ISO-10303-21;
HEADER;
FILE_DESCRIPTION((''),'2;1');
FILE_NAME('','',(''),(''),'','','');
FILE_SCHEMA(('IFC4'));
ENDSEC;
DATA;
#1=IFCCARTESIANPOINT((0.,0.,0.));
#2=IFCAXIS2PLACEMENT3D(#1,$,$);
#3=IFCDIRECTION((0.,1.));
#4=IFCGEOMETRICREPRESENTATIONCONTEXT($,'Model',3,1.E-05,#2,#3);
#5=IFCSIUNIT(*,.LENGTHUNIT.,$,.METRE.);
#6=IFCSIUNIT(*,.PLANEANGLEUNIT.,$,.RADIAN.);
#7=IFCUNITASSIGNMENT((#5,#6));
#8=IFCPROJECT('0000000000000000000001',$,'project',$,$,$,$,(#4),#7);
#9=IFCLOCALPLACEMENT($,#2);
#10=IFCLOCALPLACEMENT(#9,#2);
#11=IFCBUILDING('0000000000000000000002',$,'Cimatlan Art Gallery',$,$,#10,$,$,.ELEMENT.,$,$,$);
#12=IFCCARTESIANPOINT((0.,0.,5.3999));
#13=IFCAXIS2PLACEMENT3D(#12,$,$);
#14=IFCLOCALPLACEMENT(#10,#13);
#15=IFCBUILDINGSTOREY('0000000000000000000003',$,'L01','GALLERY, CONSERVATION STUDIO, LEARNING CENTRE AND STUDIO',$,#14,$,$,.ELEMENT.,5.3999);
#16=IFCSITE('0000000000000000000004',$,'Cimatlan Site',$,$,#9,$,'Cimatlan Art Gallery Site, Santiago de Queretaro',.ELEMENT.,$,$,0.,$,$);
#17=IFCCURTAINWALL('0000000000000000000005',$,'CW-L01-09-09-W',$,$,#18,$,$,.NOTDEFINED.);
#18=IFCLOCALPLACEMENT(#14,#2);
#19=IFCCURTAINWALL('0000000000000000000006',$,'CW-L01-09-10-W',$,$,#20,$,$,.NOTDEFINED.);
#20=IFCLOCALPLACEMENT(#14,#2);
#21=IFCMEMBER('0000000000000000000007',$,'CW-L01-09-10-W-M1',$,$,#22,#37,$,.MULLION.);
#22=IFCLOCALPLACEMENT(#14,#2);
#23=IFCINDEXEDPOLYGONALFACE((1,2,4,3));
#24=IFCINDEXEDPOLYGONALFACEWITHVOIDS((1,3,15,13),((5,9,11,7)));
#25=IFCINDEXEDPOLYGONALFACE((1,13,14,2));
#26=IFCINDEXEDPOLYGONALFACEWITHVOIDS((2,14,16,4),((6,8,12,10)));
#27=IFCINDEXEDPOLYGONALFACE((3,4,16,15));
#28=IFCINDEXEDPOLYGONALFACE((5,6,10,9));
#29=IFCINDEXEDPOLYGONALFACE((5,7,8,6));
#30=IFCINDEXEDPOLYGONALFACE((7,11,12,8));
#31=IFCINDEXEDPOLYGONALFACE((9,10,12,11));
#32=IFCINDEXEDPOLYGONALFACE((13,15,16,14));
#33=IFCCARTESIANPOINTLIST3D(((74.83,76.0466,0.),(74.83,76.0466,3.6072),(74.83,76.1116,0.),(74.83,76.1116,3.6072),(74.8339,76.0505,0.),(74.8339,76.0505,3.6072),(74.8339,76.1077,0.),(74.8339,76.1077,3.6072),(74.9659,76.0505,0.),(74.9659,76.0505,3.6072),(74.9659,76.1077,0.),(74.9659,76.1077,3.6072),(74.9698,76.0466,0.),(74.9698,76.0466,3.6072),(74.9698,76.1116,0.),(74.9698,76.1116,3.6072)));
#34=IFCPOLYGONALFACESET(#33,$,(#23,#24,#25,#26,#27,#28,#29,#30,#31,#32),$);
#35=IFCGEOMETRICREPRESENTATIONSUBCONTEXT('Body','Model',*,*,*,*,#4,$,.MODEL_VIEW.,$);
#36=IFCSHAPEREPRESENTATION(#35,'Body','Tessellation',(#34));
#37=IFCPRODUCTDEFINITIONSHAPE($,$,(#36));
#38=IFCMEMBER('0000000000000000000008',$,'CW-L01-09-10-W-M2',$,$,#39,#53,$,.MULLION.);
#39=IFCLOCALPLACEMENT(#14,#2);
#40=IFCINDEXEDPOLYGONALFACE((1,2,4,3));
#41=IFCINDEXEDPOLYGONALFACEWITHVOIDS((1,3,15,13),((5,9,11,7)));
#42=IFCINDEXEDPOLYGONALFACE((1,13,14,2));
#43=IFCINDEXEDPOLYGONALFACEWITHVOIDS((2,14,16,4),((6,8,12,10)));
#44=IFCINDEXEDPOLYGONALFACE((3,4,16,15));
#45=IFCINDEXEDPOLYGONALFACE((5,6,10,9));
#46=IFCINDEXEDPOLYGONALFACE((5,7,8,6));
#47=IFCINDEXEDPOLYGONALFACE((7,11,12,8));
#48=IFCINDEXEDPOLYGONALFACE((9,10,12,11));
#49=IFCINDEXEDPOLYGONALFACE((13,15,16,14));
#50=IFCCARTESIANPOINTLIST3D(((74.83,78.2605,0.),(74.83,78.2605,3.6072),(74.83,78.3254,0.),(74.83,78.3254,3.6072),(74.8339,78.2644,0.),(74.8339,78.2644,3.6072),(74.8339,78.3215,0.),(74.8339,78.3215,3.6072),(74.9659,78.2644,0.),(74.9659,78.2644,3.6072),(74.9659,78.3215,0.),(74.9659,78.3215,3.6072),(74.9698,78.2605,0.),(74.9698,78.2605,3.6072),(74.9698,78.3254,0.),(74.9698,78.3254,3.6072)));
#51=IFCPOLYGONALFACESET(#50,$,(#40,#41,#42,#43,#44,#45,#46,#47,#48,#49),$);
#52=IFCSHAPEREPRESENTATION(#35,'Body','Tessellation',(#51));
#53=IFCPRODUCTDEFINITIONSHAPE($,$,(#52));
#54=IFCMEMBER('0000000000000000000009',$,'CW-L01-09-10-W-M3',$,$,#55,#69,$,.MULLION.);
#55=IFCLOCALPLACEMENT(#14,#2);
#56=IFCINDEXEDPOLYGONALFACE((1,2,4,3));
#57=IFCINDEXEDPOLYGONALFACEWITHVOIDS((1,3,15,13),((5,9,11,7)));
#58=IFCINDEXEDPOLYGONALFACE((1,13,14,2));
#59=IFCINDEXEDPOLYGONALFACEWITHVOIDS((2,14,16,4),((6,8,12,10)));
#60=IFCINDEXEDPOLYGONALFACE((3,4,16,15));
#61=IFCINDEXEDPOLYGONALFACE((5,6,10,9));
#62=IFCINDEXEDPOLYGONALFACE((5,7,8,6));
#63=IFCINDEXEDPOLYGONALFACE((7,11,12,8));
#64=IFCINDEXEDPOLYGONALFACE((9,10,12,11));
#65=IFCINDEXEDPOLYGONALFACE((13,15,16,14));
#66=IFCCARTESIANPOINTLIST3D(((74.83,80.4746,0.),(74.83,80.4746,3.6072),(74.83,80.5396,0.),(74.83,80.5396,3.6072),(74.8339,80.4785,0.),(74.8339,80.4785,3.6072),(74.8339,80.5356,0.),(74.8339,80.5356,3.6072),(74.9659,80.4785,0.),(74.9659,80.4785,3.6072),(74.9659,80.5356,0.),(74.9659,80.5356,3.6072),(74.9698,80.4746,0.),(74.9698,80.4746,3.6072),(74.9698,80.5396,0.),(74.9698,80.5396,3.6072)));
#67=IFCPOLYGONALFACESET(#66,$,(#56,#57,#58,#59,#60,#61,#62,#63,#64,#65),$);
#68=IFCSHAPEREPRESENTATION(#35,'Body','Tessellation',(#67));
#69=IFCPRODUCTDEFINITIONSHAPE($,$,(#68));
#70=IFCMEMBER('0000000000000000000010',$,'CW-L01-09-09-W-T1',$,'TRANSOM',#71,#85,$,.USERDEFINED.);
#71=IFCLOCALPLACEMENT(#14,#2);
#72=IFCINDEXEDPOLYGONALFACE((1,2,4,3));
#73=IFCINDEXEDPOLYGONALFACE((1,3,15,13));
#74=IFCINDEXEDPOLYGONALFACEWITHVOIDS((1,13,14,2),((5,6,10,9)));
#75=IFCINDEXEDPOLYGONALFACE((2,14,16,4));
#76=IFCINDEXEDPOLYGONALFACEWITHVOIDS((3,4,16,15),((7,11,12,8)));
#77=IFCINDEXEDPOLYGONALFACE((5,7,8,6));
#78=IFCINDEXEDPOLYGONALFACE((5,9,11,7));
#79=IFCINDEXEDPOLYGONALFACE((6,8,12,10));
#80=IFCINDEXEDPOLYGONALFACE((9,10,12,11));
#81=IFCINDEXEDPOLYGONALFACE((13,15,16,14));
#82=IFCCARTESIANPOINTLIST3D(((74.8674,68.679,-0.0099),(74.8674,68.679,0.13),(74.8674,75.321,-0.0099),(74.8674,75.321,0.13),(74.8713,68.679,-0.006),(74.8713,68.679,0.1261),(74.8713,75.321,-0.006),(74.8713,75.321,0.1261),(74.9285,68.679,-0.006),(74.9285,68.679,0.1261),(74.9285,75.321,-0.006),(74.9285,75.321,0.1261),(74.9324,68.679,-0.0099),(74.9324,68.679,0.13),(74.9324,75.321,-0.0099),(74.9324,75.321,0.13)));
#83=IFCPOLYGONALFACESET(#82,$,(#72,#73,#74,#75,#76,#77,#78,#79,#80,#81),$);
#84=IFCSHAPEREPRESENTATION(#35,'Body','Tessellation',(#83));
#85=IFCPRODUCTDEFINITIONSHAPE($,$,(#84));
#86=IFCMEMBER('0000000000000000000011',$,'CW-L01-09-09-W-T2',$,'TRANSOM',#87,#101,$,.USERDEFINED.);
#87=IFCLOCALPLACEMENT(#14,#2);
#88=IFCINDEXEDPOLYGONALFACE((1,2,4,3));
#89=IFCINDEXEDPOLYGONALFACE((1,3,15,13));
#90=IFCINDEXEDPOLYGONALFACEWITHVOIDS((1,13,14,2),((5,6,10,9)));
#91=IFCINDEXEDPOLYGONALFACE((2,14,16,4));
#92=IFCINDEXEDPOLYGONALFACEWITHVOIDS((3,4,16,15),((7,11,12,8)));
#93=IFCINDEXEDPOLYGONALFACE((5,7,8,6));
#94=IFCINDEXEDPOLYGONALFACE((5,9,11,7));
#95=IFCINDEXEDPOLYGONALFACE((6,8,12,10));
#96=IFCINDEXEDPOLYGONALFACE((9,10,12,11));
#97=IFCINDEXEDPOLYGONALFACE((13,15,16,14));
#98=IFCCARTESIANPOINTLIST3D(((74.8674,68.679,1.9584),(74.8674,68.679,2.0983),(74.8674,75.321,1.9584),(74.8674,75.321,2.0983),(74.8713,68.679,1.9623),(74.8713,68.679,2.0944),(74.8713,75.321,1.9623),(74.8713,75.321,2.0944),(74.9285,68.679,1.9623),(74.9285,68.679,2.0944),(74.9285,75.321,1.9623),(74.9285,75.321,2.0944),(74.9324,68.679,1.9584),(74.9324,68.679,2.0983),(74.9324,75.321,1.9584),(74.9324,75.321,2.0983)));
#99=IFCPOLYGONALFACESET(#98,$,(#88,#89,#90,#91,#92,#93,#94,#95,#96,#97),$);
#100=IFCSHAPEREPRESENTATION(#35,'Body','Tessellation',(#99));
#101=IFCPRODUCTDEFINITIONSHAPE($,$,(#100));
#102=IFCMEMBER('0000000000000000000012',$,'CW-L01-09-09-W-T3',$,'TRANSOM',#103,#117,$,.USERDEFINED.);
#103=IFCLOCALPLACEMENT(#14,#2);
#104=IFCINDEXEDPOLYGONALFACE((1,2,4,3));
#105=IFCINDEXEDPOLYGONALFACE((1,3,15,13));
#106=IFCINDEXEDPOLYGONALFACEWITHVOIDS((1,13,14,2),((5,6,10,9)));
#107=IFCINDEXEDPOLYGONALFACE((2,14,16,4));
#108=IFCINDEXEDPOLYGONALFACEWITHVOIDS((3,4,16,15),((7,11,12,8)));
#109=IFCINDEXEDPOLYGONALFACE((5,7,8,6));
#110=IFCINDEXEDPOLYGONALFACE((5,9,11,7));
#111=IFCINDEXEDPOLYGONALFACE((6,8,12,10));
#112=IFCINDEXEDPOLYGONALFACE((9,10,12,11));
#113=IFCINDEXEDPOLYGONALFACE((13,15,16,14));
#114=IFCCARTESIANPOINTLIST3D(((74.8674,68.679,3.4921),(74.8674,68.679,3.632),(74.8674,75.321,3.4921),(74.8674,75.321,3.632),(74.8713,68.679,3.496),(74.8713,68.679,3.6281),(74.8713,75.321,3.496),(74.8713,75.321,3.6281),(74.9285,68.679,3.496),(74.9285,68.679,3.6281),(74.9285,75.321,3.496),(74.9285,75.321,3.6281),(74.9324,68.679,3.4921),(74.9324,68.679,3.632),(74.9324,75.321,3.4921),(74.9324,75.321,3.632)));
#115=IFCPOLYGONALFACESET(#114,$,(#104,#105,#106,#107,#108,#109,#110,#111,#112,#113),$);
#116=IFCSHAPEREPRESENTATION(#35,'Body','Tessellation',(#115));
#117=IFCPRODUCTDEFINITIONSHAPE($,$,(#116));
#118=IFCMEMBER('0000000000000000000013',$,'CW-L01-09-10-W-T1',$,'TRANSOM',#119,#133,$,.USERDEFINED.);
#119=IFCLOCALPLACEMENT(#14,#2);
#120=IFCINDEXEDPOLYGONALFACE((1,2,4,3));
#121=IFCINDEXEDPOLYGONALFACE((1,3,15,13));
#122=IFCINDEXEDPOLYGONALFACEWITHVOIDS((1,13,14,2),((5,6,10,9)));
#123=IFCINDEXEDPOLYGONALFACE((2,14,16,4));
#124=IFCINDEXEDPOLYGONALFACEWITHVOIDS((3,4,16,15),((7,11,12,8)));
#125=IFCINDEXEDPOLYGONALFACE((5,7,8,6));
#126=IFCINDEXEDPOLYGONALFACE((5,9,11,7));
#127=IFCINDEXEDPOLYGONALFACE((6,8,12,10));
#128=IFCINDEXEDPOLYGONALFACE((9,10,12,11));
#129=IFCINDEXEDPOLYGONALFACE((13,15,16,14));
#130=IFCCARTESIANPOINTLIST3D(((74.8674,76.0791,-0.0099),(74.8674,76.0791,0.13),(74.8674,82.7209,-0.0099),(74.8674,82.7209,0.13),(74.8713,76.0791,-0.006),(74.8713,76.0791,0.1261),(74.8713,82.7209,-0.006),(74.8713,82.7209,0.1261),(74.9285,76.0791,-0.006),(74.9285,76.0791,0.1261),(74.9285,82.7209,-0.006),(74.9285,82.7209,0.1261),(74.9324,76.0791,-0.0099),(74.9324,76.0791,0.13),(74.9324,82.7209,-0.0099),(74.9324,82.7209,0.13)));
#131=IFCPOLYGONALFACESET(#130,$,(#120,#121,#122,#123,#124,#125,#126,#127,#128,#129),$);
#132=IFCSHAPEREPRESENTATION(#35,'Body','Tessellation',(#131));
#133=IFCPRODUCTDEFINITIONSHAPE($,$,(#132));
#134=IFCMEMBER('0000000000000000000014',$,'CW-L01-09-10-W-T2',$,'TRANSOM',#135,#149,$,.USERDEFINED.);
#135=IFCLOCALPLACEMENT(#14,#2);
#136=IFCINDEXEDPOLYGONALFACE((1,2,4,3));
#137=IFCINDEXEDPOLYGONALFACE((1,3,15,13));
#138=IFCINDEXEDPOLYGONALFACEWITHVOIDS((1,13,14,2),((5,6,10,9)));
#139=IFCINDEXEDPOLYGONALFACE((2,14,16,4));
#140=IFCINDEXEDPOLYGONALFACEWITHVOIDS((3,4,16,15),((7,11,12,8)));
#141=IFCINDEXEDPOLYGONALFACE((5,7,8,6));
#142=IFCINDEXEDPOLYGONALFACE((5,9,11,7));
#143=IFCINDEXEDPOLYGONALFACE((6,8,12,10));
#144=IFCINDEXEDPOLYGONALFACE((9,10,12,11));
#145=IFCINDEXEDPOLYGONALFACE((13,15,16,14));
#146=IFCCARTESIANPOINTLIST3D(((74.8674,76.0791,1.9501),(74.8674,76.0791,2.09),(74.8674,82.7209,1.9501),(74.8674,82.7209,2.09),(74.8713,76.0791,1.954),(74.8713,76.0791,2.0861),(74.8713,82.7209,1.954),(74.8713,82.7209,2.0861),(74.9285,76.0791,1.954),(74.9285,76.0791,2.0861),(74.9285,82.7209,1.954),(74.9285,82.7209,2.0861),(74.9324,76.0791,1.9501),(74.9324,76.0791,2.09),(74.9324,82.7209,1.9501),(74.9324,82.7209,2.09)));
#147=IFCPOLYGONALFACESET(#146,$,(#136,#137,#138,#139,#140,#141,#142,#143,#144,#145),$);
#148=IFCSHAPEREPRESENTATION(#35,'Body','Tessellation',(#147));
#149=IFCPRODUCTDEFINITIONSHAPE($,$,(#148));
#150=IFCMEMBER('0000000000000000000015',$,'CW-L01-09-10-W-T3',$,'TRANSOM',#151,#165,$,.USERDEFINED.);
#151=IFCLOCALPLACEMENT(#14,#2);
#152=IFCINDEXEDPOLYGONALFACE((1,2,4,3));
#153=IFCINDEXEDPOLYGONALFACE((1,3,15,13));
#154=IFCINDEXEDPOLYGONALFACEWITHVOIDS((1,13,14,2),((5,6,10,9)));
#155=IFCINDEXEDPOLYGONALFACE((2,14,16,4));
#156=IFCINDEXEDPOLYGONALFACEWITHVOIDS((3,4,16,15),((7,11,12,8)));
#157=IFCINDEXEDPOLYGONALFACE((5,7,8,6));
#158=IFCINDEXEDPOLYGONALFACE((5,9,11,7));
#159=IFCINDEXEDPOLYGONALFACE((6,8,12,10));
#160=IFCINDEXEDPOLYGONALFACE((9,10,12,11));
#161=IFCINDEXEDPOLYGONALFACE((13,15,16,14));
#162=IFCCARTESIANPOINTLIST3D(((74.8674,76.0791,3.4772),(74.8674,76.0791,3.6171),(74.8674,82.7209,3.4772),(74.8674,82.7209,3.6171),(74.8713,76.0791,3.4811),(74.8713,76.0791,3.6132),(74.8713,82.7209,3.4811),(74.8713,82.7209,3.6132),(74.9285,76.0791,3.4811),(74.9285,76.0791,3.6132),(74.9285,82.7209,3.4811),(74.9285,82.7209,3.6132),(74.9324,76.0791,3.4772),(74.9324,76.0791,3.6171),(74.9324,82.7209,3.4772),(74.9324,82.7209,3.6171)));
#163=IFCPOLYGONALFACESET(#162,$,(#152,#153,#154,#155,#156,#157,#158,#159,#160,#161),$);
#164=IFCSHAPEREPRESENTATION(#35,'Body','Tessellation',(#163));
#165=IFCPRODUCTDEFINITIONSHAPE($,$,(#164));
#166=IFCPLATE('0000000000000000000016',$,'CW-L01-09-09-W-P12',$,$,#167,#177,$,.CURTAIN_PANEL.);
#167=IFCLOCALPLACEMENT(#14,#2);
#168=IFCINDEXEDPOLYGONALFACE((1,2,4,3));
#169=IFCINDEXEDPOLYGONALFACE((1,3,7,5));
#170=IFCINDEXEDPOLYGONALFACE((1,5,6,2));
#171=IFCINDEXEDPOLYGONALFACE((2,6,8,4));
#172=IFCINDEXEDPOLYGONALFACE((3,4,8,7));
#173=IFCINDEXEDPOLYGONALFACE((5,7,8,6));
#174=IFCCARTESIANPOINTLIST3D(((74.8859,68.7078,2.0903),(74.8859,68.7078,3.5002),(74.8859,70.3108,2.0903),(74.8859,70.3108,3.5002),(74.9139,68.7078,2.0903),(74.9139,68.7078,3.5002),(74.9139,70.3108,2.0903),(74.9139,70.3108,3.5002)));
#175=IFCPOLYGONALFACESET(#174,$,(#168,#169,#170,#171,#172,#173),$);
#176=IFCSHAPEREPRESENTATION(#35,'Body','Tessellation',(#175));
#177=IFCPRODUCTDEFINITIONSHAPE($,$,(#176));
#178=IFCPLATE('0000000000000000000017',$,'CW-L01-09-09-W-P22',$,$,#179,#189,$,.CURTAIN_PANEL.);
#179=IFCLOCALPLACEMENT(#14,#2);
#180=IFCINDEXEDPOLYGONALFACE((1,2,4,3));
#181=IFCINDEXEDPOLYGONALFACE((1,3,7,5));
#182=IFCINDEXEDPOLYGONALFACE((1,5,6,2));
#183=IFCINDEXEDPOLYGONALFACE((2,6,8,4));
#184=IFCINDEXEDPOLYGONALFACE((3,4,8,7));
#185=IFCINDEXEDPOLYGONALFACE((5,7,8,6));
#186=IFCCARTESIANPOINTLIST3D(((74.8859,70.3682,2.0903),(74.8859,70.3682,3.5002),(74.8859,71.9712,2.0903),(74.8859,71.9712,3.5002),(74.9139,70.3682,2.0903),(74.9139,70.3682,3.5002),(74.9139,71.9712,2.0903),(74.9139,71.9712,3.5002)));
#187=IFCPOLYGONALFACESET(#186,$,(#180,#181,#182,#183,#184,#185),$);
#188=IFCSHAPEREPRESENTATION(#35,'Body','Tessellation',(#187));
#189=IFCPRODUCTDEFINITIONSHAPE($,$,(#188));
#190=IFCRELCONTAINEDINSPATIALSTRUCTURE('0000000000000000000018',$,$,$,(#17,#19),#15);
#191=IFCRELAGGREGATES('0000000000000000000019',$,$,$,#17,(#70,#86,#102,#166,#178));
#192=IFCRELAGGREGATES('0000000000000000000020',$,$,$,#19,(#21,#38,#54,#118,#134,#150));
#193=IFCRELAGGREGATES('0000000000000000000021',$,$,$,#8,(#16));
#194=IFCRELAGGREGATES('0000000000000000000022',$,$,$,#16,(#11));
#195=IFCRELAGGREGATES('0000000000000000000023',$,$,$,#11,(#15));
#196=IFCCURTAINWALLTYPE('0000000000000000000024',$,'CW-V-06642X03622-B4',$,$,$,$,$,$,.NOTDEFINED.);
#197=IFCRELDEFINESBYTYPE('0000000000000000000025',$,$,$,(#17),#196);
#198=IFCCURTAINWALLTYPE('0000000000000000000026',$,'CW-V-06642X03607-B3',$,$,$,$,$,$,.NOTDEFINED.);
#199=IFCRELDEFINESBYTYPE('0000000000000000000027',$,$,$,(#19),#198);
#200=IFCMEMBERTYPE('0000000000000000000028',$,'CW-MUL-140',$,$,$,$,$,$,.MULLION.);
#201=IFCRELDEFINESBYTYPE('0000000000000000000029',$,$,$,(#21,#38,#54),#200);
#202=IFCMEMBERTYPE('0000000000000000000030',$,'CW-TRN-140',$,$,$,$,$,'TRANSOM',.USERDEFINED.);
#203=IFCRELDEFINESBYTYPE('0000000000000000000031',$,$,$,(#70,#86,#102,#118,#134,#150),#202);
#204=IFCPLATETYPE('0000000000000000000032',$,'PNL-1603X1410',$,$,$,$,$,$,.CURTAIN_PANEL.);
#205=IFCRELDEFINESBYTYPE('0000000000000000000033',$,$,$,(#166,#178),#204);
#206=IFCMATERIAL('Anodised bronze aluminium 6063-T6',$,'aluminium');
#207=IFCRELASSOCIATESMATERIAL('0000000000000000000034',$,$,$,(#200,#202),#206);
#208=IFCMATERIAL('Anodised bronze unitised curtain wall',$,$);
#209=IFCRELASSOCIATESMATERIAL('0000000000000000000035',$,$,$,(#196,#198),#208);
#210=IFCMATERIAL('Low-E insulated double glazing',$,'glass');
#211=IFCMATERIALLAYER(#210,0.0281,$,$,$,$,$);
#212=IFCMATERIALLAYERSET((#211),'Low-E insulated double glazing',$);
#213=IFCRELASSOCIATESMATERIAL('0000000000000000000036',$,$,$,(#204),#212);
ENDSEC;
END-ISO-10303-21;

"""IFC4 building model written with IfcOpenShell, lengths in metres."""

from ifc_helpers import new_model, si_unit, direction, frame, origin, origin_2d, place, context, subcontext, project, spatial, rectangle, hollow_rectangle, extrude, material, layer, layer_set, material_profile, profile_set, type_object, element, aggregate, save


model = new_model("IFC4")

# Units and contexts
model_context = context("Model", 3, precision=1e-05, world=origin(), true_north=direction((0.0, 1.0)))
body_context = subcontext(model_context, "Body", "Model", "MODEL_VIEW")
ifc_project = project(units=[si_unit("LENGTHUNIT", "METRE"), si_unit("PLANEANGLEUNIT", "RADIAN")], contexts=[model_context])

# Site, building, storey
site_placement = place(None, origin())
site = spatial("IfcSite", under=ifc_project, at=site_placement, Name="Cimatlan Site", LongName="Cimatlan Art Gallery Site, Santiago de Queretaro", CompositionType="ELEMENT", RefElevation=0.0)
building_placement = place(site_placement, origin())
building = spatial("IfcBuilding", under=site, at=building_placement, Name="Cimatlan Art Gallery", CompositionType="ELEMENT")
storey_placement = place(building_placement, frame((0.0, 0.0, 5.3999)))
storey = spatial("IfcBuildingStorey", under=building, at=storey_placement, Name="L01", Description="GALLERY, CONSERVATION STUDIO, LEARNING CENTRE AND STUDIO", CompositionType="ELEMENT", Elevation=5.3999)

# Curtain walls, members
ifc_material_1 = material(Name="Anodised bronze unitised curtain wall")
ifc_material_2 = material(Name="Anodised bronze aluminium 6063-T6", Category="aluminium")
ifc_material_profile_1 = material_profile(ifc_material_2, hollow_rectangle(XDim=0.0649, YDim=0.1399, WallThickness=0.0039, at=origin_2d()), Name="ALU65X140X4")
ifc_profile_set_1 = profile_set([ifc_material_profile_1], Name="Anodised bronze aluminium 6063-T6")
member_type_1 = type_object("IfcMemberType", Name="CW-MUL-140", PredefinedType="MULLION", material=ifc_profile_set_1)
curtain_wall_type_1 = type_object("IfcCurtainWallType", Name="CW-V-06642X03622-B4", PredefinedType="NOTDEFINED", material=ifc_material_1)
curtain_wall_1_placement = place(storey_placement, origin())
curtain_wall_1 = element("IfcCurtainWall", 1, at=curtain_wall_1_placement, inside=storey, type_object=curtain_wall_type_1, Name="CW-L01-09-09-W", PredefinedType="NOTDEFINED")
curtain_wall_type_2 = type_object("IfcCurtainWallType", Name="CW-V-06642X03607-B3", PredefinedType="NOTDEFINED", material=ifc_material_1)
curtain_wall_2_placement = place(storey_placement, origin())
curtain_wall_2 = element("IfcCurtainWall", 2, at=curtain_wall_2_placement, inside=storey, type_object=curtain_wall_type_2, Name="CW-L01-09-10-W", PredefinedType="NOTDEFINED")
member_1_placement = place(storey_placement, frame((74.8999, 76.0791, 0.0), z_axis=(0.0, 0.0, 1.0), x_axis=(0.0, 1.0, 0.0)))
member_1 = element("IfcMember", 3, at=member_1_placement, type_object=member_type_1, Name="CW-L01-09-10-W-M1", PredefinedType="MULLION", context=body_context, shape_type="SweptSolid", body=[
    extrude(hollow_rectangle(XDim=0.0649, YDim=0.1399, WallThickness=0.0039, at=origin_2d()), origin(), (0.0, 0.0, 1.0), 3.6072),
])
member_2_placement = place(storey_placement, frame((74.8999, 78.293, 0.0), z_axis=(0.0, 0.0, 1.0), x_axis=(0.0, 1.0, 0.0)))
member_2 = element("IfcMember", 4, at=member_2_placement, type_object=member_type_1, Name="CW-L01-09-10-W-M2", PredefinedType="MULLION", context=body_context, shape_type="SweptSolid", body=[
    extrude(hollow_rectangle(XDim=0.0649, YDim=0.1399, WallThickness=0.0039, at=origin_2d()), origin(), (0.0, 0.0, 1.0), 3.6072),
])
member_3_placement = place(storey_placement, frame((74.8999, 80.5071, 0.0), z_axis=(0.0, 0.0, 1.0), x_axis=(0.0, 1.0, 0.0)))
member_3 = element("IfcMember", 5, at=member_3_placement, type_object=member_type_1, Name="CW-L01-09-10-W-M3", PredefinedType="MULLION", context=body_context, shape_type="SweptSolid", body=[
    extrude(hollow_rectangle(XDim=0.0649, YDim=0.1399, WallThickness=0.0039, at=origin_2d()), origin(), (0.0, 0.0, 1.0), 3.6072),
])

# Members
ifc_material_profile_2 = material_profile(ifc_material_2, hollow_rectangle(XDim=0.0649, YDim=0.1399, WallThickness=0.0039, at=origin_2d()), Name="ALU65X140X4")
ifc_profile_set_2 = profile_set([ifc_material_profile_2], Name="Anodised bronze aluminium 6063-T6")
member_type_2 = type_object("IfcMemberType", Name="CW-TRN-140", ElementType="TRANSOM", PredefinedType="USERDEFINED", material=ifc_profile_set_2)
member_4_placement = place(storey_placement, frame((74.8999, 68.679, 0.0601), z_axis=(0.0, 1.0, 0.0), x_axis=(-1.0, 0.0, 0.0)))
member_4 = element("IfcMember", 6, at=member_4_placement, type_object=member_type_2, Name="CW-L01-09-09-W-T1", ObjectType="TRANSOM", PredefinedType="USERDEFINED", context=body_context, shape_type="SweptSolid", body=[
    extrude(hollow_rectangle(XDim=0.0649, YDim=0.1399, WallThickness=0.0039, at=origin_2d()), origin(), (0.0, 0.0, 1.0), 6.6421),
])
member_5_placement = place(storey_placement, frame((74.8999, 68.679, 2.0283), z_axis=(0.0, 1.0, 0.0), x_axis=(-1.0, 0.0, 0.0)))
member_5 = element("IfcMember", 7, at=member_5_placement, type_object=member_type_2, Name="CW-L01-09-09-W-T2", ObjectType="TRANSOM", PredefinedType="USERDEFINED", context=body_context, shape_type="SweptSolid", body=[
    extrude(hollow_rectangle(XDim=0.0649, YDim=0.1399, WallThickness=0.0039, at=origin_2d()), origin(), (0.0, 0.0, 1.0), 6.6421),
])
member_6_placement = place(storey_placement, frame((74.8999, 68.679, 3.562), z_axis=(0.0, 1.0, 0.0), x_axis=(-1.0, 0.0, 0.0)))
member_6 = element("IfcMember", 8, at=member_6_placement, type_object=member_type_2, Name="CW-L01-09-09-W-T3", ObjectType="TRANSOM", PredefinedType="USERDEFINED", context=body_context, shape_type="SweptSolid", body=[
    extrude(hollow_rectangle(XDim=0.0649, YDim=0.1399, WallThickness=0.0039, at=origin_2d()), origin(), (0.0, 0.0, 1.0), 6.6421),
])
member_7_placement = place(storey_placement, frame((74.8999, 76.0791, 0.0601), z_axis=(0.0, 1.0, 0.0), x_axis=(-1.0, 0.0, 0.0)))
member_7 = element("IfcMember", 9, at=member_7_placement, type_object=member_type_2, Name="CW-L01-09-10-W-T1", ObjectType="TRANSOM", PredefinedType="USERDEFINED", context=body_context, shape_type="SweptSolid", body=[
    extrude(hollow_rectangle(XDim=0.0649, YDim=0.1399, WallThickness=0.0039, at=origin_2d()), origin(), (0.0, 0.0, 1.0), 6.6418),
])
member_8_placement = place(storey_placement, frame((74.8999, 76.0791, 2.02), z_axis=(0.0, 1.0, 0.0), x_axis=(-1.0, 0.0, 0.0)))
member_8 = element("IfcMember", 10, at=member_8_placement, type_object=member_type_2, Name="CW-L01-09-10-W-T2", ObjectType="TRANSOM", PredefinedType="USERDEFINED", context=body_context, shape_type="SweptSolid", body=[
    extrude(hollow_rectangle(XDim=0.0649, YDim=0.1399, WallThickness=0.0039, at=origin_2d()), origin(), (0.0, 0.0, 1.0), 6.6418),
])
member_9_placement = place(storey_placement, frame((74.8999, 76.0791, 3.5471), z_axis=(0.0, 1.0, 0.0), x_axis=(-1.0, 0.0, 0.0)))
member_9 = element("IfcMember", 11, at=member_9_placement, type_object=member_type_2, Name="CW-L01-09-10-W-T3", ObjectType="TRANSOM", PredefinedType="USERDEFINED", context=body_context, shape_type="SweptSolid", body=[
    extrude(hollow_rectangle(XDim=0.0649, YDim=0.1399, WallThickness=0.0039, at=origin_2d()), origin(), (0.0, 0.0, 1.0), 6.6418),
])

# Plates
ifc_material_3 = material(Name="Low-E insulated double glazing", Category="glass")
ifc_layer_1 = layer(ifc_material_3, 0.0281)
ifc_layer_set_1 = layer_set([ifc_layer_1], Name="Low-E insulated double glazing")
plate_type_1 = type_object("IfcPlateType", Name="PNL-1603X1410", PredefinedType="CURTAIN_PANEL", material=ifc_layer_set_1)
plate_1_placement = place(storey_placement, frame((74.8999, 69.5093, 2.0903), z_axis=(0.0, 0.0, 1.0), x_axis=(0.0, 1.0, 0.0)))
plate_1 = element("IfcPlate", 12, at=plate_1_placement, type_object=plate_type_1, Name="CW-L01-09-09-W-P12", PredefinedType="CURTAIN_PANEL", context=body_context, shape_type="SweptSolid", body=[
    extrude(rectangle(XDim=1.603, YDim=0.0281, at=origin_2d()), origin(), (0.0, 0.0, 1.0), 1.4099),
])
plate_2_placement = place(storey_placement, frame((74.8999, 71.1697, 2.0903), z_axis=(0.0, 0.0, 1.0), x_axis=(0.0, 1.0, 0.0)))
plate_2 = element("IfcPlate", 13, at=plate_2_placement, type_object=plate_type_1, Name="CW-L01-09-09-W-P22", PredefinedType="CURTAIN_PANEL", context=body_context, shape_type="SweptSolid", body=[
    extrude(rectangle(XDim=1.603, YDim=0.0281, at=origin_2d()), origin(), (0.0, 0.0, 1.0), 1.4099),
])
aggregate(curtain_wall_1, [member_4, member_5, member_6, plate_1, plate_2])
aggregate(curtain_wall_2, [member_1, member_2, member_3, member_7, member_8, member_9])

save(model, "model.ifc")
